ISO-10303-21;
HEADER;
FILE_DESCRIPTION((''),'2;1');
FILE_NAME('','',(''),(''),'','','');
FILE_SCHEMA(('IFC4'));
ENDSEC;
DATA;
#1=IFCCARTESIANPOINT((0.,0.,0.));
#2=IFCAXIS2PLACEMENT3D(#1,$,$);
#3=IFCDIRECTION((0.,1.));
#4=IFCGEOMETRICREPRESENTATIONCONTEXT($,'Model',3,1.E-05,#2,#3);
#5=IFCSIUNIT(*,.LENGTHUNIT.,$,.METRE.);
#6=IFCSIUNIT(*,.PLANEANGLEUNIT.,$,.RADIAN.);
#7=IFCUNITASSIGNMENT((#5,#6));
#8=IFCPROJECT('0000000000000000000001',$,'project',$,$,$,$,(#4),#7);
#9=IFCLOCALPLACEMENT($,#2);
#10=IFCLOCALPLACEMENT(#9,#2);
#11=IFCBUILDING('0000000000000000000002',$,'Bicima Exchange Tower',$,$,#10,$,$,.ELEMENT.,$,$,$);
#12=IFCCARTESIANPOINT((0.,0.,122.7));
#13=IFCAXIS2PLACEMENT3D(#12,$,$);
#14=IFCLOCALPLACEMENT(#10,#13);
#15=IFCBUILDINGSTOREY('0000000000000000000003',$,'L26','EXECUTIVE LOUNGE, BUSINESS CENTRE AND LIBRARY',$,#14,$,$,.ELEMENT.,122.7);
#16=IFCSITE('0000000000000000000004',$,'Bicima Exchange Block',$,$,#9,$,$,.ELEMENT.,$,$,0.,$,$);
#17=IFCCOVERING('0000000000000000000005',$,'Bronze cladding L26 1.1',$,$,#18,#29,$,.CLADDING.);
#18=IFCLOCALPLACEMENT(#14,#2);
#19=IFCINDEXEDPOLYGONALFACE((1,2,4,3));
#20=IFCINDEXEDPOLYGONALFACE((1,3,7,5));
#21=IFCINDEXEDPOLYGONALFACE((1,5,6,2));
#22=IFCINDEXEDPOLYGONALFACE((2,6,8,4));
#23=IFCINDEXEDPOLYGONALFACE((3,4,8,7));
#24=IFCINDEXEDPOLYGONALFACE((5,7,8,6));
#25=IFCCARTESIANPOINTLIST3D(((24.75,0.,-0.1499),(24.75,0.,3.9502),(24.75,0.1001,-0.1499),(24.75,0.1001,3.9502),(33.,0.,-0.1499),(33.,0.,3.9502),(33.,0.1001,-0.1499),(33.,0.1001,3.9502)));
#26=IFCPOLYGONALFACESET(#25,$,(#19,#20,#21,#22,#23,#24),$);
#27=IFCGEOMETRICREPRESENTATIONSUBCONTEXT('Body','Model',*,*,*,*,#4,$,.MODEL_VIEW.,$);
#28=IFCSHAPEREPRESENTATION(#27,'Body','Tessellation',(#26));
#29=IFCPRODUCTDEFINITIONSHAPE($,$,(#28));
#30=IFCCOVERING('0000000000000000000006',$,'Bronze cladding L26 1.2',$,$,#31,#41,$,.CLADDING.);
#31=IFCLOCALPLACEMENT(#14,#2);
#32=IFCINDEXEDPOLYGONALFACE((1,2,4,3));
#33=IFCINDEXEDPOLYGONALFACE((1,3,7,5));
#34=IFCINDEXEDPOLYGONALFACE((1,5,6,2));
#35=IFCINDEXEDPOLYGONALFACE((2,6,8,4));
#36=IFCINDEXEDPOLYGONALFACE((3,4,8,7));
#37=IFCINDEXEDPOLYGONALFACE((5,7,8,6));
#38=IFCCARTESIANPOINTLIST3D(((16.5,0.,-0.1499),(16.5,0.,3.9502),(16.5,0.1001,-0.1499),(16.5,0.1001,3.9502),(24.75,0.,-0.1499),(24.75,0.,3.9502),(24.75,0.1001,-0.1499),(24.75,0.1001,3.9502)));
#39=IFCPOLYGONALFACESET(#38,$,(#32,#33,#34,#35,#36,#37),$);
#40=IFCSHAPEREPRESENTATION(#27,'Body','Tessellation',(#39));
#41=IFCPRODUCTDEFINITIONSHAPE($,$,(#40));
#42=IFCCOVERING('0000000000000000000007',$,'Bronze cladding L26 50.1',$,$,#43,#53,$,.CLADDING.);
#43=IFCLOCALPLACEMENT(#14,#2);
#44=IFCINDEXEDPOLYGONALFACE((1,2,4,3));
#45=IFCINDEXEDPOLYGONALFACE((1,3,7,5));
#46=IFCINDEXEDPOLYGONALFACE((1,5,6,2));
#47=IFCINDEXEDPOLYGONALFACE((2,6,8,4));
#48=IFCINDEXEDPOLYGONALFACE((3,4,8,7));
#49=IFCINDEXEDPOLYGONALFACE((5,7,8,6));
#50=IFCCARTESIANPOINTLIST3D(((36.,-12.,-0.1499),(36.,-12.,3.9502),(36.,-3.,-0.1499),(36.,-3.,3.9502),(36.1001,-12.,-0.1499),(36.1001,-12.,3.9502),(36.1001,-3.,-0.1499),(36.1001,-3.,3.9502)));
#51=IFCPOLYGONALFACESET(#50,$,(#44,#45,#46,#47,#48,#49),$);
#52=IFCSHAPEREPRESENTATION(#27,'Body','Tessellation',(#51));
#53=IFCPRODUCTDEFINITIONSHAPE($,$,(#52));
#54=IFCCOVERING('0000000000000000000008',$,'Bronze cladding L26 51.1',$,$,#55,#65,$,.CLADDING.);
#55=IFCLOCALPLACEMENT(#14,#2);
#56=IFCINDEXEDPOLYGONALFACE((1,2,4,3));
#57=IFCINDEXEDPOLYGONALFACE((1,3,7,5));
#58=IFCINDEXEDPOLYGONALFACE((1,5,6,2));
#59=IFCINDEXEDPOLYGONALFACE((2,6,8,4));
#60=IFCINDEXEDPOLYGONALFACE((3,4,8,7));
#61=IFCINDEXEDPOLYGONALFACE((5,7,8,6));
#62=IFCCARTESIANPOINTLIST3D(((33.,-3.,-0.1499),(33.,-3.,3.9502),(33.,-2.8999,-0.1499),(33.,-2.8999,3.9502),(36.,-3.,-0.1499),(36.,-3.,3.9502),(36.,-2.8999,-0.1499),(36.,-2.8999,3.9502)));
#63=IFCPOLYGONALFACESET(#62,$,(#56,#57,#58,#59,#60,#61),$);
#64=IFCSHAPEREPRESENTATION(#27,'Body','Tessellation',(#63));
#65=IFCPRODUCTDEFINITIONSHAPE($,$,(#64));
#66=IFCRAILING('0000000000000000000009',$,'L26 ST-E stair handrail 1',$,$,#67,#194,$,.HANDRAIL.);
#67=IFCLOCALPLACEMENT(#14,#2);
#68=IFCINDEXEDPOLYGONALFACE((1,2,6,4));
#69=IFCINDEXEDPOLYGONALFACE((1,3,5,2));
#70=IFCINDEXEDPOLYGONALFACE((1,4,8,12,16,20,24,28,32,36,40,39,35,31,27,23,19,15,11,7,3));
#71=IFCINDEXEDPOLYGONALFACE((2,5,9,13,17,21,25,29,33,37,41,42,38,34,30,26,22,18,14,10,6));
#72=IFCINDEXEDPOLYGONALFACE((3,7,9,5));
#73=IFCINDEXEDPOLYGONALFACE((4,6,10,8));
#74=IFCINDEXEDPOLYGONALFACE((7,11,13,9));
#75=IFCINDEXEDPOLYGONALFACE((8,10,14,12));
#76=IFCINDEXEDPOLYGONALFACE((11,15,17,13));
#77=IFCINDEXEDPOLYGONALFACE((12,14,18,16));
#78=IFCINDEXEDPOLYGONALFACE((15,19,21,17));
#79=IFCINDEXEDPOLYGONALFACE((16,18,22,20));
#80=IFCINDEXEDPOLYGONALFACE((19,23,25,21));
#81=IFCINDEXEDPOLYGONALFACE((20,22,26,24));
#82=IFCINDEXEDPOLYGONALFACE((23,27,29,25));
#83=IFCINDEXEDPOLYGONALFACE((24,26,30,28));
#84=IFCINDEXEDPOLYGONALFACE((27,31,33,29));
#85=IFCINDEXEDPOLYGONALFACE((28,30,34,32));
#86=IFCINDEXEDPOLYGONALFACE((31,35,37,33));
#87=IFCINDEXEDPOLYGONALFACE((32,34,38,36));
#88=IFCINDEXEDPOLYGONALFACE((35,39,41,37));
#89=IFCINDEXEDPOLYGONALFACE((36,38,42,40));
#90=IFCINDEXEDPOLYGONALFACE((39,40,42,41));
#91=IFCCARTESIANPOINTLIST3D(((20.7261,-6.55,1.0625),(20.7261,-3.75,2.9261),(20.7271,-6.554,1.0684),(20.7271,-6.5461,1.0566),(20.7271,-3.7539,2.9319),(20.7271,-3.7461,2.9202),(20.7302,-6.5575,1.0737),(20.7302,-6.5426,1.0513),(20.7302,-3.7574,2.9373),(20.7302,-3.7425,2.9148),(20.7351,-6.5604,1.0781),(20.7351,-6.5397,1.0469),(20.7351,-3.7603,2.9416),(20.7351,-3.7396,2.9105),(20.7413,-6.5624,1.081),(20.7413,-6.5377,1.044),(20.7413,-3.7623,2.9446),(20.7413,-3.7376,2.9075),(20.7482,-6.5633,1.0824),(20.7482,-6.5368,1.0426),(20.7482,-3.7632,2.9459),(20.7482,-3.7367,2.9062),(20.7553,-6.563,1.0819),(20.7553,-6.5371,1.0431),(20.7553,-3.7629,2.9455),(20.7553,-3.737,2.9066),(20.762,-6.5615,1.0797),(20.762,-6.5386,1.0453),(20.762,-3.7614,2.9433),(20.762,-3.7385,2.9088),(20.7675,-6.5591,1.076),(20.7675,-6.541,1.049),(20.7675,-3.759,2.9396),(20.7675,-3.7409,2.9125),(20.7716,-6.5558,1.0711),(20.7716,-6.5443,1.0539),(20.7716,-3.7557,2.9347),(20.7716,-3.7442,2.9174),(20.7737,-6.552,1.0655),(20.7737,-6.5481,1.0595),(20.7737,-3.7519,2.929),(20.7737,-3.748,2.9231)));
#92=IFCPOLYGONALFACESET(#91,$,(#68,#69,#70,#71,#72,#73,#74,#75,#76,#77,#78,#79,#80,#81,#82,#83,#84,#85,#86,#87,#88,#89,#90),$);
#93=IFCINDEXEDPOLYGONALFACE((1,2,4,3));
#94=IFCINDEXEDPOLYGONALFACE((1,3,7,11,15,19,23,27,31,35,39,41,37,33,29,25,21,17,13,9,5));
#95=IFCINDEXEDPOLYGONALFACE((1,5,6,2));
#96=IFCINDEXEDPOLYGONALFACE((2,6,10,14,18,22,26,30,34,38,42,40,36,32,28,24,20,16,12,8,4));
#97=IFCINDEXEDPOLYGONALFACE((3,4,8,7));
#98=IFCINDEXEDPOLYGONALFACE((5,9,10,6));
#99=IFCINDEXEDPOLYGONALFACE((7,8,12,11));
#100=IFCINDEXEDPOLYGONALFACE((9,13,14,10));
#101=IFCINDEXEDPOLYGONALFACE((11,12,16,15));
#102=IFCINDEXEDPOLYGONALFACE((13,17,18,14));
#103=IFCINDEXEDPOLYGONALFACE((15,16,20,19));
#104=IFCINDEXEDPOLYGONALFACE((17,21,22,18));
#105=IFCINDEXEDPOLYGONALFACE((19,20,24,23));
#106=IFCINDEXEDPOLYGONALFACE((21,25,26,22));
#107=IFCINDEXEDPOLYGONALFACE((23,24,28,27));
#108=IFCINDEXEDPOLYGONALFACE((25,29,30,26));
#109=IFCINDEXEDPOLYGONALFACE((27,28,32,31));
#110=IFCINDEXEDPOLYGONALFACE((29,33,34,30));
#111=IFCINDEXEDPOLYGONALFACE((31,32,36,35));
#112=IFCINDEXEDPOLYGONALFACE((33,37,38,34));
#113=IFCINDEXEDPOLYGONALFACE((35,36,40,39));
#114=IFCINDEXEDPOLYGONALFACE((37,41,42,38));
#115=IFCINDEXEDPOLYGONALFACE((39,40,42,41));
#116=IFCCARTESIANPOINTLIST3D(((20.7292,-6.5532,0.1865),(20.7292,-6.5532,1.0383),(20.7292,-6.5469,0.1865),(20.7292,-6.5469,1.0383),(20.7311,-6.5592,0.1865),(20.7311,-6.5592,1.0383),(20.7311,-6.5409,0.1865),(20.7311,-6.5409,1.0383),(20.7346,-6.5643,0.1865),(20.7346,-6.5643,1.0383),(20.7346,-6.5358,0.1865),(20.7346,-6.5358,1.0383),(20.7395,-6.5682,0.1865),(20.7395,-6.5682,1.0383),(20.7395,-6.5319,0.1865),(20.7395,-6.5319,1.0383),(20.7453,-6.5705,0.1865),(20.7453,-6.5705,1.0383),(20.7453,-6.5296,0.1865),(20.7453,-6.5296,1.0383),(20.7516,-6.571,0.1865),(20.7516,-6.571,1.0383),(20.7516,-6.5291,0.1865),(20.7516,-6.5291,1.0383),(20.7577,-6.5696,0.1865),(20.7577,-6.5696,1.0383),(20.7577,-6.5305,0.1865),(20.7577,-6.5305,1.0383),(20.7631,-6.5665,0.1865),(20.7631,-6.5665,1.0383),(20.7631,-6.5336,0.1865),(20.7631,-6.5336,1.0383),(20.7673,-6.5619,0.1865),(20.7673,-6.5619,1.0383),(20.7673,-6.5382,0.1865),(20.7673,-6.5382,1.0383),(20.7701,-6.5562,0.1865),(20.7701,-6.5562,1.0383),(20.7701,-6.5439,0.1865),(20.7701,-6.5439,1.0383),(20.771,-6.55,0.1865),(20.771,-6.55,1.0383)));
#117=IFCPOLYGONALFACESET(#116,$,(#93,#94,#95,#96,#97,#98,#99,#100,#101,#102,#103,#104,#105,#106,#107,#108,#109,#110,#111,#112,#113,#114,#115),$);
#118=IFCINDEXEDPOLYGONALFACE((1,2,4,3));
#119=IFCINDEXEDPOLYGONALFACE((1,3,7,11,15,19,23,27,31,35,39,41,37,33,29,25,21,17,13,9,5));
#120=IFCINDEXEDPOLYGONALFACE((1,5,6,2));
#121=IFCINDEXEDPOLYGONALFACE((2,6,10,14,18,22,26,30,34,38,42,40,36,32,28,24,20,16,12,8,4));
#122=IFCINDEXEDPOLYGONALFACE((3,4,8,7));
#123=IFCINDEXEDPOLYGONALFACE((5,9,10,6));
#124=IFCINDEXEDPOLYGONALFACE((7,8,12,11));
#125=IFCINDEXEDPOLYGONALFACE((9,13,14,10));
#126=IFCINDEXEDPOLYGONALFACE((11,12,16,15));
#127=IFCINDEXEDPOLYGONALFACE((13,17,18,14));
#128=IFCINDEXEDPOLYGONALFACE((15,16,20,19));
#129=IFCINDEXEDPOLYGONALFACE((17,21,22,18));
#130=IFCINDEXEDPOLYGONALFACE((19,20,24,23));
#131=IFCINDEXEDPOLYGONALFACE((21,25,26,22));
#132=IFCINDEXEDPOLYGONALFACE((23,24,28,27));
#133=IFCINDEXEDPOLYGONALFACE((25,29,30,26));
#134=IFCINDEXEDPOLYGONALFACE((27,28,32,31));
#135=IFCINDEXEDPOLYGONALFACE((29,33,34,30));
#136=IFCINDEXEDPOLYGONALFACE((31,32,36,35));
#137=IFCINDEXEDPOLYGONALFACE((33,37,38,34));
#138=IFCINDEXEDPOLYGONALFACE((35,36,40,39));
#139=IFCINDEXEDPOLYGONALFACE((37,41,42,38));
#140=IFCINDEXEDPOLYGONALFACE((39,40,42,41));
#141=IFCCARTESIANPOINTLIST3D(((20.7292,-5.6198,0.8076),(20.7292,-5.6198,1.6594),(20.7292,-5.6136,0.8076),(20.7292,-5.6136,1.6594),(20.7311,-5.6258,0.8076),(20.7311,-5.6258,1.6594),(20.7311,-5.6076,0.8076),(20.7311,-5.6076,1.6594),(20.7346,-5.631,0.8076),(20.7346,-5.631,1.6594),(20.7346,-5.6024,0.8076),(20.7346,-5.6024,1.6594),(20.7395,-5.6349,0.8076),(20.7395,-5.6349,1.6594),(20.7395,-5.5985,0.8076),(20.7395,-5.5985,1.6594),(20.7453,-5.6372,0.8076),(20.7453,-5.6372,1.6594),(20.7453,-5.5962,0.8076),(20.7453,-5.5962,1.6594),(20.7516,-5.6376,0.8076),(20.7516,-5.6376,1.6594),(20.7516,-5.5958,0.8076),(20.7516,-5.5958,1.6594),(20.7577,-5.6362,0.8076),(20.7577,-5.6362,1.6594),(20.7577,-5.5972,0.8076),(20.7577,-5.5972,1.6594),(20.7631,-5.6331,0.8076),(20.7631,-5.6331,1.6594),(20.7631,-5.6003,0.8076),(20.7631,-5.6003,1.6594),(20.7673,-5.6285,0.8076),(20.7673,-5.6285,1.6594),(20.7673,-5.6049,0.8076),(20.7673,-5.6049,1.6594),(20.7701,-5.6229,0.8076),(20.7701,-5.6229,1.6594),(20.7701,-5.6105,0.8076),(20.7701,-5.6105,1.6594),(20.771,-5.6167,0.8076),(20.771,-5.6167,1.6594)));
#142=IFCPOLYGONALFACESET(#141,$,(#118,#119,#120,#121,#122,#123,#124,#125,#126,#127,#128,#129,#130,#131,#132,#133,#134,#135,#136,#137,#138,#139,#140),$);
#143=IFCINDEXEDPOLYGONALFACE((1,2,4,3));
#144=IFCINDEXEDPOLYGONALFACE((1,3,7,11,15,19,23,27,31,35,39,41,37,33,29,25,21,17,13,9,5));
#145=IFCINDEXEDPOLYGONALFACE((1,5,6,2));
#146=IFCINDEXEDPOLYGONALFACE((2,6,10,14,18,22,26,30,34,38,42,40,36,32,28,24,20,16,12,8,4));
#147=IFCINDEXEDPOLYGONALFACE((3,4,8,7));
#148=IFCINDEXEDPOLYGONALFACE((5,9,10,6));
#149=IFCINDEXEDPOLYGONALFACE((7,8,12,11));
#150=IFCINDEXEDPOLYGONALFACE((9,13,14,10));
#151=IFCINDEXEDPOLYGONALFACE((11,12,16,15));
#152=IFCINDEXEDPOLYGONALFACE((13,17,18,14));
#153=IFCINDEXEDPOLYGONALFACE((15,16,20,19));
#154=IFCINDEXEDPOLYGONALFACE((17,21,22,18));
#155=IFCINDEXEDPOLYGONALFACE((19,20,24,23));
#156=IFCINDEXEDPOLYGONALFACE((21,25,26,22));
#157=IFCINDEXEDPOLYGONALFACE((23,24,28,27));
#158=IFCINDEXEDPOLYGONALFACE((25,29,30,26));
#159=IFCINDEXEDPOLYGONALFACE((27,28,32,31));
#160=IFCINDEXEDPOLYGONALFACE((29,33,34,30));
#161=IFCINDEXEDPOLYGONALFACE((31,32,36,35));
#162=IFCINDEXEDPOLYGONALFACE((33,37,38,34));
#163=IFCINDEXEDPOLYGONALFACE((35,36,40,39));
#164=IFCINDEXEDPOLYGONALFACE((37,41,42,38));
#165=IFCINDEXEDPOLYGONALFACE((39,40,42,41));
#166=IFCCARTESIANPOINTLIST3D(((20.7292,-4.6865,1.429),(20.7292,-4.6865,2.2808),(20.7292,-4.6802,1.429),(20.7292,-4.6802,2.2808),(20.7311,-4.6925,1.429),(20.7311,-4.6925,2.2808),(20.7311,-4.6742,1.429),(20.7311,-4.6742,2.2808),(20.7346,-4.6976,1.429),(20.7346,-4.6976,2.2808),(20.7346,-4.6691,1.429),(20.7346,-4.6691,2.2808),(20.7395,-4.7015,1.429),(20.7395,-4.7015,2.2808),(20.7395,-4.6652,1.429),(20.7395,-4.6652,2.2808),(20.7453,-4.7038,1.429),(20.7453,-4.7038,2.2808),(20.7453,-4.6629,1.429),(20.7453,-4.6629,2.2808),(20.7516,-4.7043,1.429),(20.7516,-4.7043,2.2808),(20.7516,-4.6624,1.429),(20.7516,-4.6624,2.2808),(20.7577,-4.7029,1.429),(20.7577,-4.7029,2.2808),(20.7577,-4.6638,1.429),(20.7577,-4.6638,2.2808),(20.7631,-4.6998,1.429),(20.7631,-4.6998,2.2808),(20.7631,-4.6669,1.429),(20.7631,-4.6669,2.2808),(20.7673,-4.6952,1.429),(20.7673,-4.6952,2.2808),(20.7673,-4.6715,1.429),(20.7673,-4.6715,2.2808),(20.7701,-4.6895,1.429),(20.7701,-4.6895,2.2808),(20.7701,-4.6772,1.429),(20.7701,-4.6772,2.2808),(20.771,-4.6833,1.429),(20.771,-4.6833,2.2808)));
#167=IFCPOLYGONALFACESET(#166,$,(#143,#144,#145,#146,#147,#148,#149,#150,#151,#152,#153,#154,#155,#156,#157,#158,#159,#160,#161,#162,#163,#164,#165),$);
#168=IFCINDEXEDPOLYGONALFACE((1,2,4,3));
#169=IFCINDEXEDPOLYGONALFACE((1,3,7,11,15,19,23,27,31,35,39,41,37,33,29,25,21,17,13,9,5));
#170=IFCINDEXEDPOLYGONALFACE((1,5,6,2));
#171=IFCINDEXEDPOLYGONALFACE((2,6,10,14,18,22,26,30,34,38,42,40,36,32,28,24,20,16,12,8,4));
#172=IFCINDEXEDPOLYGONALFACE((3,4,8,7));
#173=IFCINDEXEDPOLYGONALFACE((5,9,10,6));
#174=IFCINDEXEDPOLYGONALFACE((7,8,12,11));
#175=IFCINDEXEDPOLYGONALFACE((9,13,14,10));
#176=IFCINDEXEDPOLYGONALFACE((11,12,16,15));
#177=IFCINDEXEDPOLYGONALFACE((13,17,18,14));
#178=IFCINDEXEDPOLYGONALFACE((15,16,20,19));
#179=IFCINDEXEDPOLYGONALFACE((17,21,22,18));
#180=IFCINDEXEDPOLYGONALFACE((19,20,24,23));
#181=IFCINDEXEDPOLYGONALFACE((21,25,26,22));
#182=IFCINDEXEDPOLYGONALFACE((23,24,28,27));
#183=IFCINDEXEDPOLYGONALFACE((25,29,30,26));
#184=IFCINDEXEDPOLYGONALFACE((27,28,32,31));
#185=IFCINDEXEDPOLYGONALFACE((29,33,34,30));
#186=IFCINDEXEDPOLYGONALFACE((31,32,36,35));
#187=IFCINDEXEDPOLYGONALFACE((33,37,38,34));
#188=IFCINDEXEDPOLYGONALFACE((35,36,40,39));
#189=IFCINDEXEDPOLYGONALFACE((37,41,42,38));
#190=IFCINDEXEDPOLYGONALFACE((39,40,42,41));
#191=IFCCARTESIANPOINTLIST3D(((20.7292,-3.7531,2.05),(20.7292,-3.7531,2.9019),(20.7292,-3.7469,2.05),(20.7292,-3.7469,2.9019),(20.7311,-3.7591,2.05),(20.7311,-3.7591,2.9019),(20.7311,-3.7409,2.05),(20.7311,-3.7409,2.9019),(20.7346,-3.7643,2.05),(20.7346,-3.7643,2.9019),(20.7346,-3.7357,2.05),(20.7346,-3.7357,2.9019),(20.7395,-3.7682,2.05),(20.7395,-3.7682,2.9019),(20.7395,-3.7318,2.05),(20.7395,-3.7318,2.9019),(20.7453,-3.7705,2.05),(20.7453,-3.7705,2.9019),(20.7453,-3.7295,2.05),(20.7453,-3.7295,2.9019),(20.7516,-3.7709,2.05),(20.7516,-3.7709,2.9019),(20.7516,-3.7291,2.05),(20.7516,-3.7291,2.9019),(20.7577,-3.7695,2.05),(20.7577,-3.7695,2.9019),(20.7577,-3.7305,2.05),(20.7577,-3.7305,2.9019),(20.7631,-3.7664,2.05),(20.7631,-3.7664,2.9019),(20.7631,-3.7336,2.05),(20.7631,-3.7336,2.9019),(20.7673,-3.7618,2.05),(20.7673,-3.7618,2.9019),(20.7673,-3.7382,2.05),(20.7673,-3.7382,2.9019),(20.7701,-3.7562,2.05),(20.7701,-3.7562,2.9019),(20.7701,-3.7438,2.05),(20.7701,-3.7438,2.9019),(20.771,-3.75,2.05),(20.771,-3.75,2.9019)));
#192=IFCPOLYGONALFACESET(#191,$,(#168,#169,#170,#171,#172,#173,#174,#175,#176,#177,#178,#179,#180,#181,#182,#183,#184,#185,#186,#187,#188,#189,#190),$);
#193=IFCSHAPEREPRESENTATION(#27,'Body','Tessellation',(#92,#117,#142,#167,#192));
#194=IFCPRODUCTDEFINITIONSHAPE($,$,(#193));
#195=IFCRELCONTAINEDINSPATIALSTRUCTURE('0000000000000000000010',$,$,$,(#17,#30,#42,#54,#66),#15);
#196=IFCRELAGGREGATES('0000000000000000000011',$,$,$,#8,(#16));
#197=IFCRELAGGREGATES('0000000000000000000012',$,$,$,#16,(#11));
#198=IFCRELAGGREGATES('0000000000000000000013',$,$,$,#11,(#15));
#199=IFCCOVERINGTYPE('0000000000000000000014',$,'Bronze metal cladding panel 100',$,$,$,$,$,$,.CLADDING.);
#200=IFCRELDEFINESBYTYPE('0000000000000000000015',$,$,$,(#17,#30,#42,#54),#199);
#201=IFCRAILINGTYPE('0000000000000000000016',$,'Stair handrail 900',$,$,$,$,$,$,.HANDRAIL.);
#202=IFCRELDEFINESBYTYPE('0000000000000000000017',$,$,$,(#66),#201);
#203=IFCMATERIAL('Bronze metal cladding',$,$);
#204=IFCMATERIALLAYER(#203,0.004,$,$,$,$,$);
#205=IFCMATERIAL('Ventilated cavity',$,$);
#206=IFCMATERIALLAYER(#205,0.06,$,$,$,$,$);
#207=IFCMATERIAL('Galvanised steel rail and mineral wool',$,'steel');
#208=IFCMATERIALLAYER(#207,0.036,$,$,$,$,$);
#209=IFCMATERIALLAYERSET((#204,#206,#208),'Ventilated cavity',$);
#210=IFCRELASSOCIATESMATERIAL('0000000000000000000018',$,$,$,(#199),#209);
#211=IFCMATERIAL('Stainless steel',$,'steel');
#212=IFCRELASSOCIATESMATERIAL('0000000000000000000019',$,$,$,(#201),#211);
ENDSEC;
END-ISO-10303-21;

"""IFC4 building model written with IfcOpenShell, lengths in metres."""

from ifc_helpers import new_model, si_unit, direction, frame, origin, origin_2d, place, context, subcontext, project, spatial, rectangle, circle, extrude, material, layer, layer_set, type_object, element, save


model = new_model("IFC4")

# Units and contexts
model_context = context("Model", 3, precision=1e-05, world=origin(), true_north=direction((0.0, 1.0)))
body_context = subcontext(model_context, "Body", "Model", "MODEL_VIEW")
ifc_project = project(units=[si_unit("LENGTHUNIT", "METRE"), si_unit("PLANEANGLEUNIT", "RADIAN")], contexts=[model_context])

# Site, building, storey
site_placement = place(None, origin())
site = spatial("IfcSite", under=ifc_project, at=site_placement, Name="Bicima Exchange Block", CompositionType="ELEMENT", RefElevation=0.0)
building_placement = place(site_placement, origin())
building = spatial("IfcBuilding", under=site, at=building_placement, Name="Bicima Exchange Tower", CompositionType="ELEMENT")
storey_placement = place(building_placement, frame((0.0, 0.0, 122.7)))
storey = spatial("IfcBuildingStorey", under=building, at=storey_placement, Name="L26", Description="EXECUTIVE LOUNGE, BUSINESS CENTRE AND LIBRARY", CompositionType="ELEMENT", Elevation=122.7)

# Coverings
ifc_material_1 = material(Name="Bronze metal cladding")
ifc_layer_1 = layer(ifc_material_1, 0.004)
ifc_material_2 = material(Name="Ventilated cavity")
ifc_layer_2 = layer(ifc_material_2, 0.06)
ifc_material_3 = material(Name="Galvanised steel rail and mineral wool", Category="steel")
ifc_layer_3 = layer(ifc_material_3, 0.036)
ifc_layer_set_1 = layer_set([ifc_layer_1, ifc_layer_2, ifc_layer_3], Name="Ventilated cavity")
covering_type = type_object("IfcCoveringType", Name="Bronze metal cladding panel 100", PredefinedType="CLADDING", material=ifc_layer_set_1)
for number, where, z_axis, x_axis, name in (
    (1, (28.875, 0.05, -0.1499), (0.0, 0.0, 1.0), (-1.0, 0.0, 0.0), "Bronze cladding L26 1.1"),
    (2, (20.625, 0.05, -0.1499), (0.0, 0.0, 1.0), (-1.0, 0.0, 0.0), "Bronze cladding L26 1.2"),
):
    element("IfcCovering", number, at=place(storey_placement, frame(where, z_axis=z_axis, x_axis=x_axis)), inside=storey, type_object=covering_type, Name=name, PredefinedType="CLADDING", context=body_context, shape_type="SweptSolid", body=[
        extrude(rectangle(XDim=8.25, YDim=0.1001, at=origin_2d()), origin(), (0.0, 0.0, 1.0), 4.1001),
    ])
covering_1_placement = place(storey_placement, frame((36.05, -7.5, -0.1499), z_axis=(0.0, 0.0, 1.0), x_axis=(0.0, 1.0, 0.0)))
element("IfcCovering", 3, at=covering_1_placement, inside=storey, type_object=covering_type, Name="Bronze cladding L26 50.1", PredefinedType="CLADDING", context=body_context, shape_type="SweptSolid", body=[
    extrude(rectangle(XDim=9.0, YDim=0.1001, at=origin_2d()), origin(), (0.0, 0.0, 1.0), 4.1001),
])
covering_2_placement = place(storey_placement, frame((34.5, -2.95, -0.1499), z_axis=(0.0, 0.0, 1.0), x_axis=(-1.0, 0.0, 0.0)))
element("IfcCovering", 4, at=covering_2_placement, inside=storey, type_object=covering_type, Name="Bronze cladding L26 51.1", PredefinedType="CLADDING", context=body_context, shape_type="SweptSolid", body=[
    extrude(rectangle(XDim=3.0, YDim=0.1001, at=origin_2d()), origin(), (0.0, 0.0, 1.0), 4.1001),
])

# Railing
ifc_material_4 = material(Name="Stainless steel", Category="steel")
railing_type = type_object("IfcRailingType", Name="Stair handrail 900", PredefinedType="HANDRAIL", material=ifc_material_4)
railing_1_placement = place(storey_placement, frame((20.75, -6.55, 0.1865)))
element("IfcRailing", 5, at=railing_1_placement, inside=storey, type_object=railing_type, Name="L26 ST-E stair handrail 1", PredefinedType="HANDRAIL", context=body_context, shape_type="SweptSolid", body=[
    extrude(circle(Radius=0.0239, at=origin_2d()), frame((0.0, 0.0, 0.876), z_axis=(0.0, 0.832486, 0.554047), x_axis=(-1.0, 0.0, 0.0)), (0.0, 0.0, 1.0), 3.3635),
    extrude(circle(Radius=0.021, at=origin_2d()), origin(), (0.0, 0.0, 1.0), 0.8518),
    extrude(circle(Radius=0.021, at=origin_2d()), frame((0.0, 0.9333, 0.6211)), (0.0, 0.0, 1.0), 0.8518),
    extrude(circle(Radius=0.021, at=origin_2d()), frame((0.0, 1.8667, 1.2424)), (0.0, 0.0, 1.0), 0.8518),
    extrude(circle(Radius=0.021, at=origin_2d()), frame((0.0, 2.8, 1.8635)), (0.0, 0.0, 1.0), 0.8518),
])

save(model, "model.ifc")
